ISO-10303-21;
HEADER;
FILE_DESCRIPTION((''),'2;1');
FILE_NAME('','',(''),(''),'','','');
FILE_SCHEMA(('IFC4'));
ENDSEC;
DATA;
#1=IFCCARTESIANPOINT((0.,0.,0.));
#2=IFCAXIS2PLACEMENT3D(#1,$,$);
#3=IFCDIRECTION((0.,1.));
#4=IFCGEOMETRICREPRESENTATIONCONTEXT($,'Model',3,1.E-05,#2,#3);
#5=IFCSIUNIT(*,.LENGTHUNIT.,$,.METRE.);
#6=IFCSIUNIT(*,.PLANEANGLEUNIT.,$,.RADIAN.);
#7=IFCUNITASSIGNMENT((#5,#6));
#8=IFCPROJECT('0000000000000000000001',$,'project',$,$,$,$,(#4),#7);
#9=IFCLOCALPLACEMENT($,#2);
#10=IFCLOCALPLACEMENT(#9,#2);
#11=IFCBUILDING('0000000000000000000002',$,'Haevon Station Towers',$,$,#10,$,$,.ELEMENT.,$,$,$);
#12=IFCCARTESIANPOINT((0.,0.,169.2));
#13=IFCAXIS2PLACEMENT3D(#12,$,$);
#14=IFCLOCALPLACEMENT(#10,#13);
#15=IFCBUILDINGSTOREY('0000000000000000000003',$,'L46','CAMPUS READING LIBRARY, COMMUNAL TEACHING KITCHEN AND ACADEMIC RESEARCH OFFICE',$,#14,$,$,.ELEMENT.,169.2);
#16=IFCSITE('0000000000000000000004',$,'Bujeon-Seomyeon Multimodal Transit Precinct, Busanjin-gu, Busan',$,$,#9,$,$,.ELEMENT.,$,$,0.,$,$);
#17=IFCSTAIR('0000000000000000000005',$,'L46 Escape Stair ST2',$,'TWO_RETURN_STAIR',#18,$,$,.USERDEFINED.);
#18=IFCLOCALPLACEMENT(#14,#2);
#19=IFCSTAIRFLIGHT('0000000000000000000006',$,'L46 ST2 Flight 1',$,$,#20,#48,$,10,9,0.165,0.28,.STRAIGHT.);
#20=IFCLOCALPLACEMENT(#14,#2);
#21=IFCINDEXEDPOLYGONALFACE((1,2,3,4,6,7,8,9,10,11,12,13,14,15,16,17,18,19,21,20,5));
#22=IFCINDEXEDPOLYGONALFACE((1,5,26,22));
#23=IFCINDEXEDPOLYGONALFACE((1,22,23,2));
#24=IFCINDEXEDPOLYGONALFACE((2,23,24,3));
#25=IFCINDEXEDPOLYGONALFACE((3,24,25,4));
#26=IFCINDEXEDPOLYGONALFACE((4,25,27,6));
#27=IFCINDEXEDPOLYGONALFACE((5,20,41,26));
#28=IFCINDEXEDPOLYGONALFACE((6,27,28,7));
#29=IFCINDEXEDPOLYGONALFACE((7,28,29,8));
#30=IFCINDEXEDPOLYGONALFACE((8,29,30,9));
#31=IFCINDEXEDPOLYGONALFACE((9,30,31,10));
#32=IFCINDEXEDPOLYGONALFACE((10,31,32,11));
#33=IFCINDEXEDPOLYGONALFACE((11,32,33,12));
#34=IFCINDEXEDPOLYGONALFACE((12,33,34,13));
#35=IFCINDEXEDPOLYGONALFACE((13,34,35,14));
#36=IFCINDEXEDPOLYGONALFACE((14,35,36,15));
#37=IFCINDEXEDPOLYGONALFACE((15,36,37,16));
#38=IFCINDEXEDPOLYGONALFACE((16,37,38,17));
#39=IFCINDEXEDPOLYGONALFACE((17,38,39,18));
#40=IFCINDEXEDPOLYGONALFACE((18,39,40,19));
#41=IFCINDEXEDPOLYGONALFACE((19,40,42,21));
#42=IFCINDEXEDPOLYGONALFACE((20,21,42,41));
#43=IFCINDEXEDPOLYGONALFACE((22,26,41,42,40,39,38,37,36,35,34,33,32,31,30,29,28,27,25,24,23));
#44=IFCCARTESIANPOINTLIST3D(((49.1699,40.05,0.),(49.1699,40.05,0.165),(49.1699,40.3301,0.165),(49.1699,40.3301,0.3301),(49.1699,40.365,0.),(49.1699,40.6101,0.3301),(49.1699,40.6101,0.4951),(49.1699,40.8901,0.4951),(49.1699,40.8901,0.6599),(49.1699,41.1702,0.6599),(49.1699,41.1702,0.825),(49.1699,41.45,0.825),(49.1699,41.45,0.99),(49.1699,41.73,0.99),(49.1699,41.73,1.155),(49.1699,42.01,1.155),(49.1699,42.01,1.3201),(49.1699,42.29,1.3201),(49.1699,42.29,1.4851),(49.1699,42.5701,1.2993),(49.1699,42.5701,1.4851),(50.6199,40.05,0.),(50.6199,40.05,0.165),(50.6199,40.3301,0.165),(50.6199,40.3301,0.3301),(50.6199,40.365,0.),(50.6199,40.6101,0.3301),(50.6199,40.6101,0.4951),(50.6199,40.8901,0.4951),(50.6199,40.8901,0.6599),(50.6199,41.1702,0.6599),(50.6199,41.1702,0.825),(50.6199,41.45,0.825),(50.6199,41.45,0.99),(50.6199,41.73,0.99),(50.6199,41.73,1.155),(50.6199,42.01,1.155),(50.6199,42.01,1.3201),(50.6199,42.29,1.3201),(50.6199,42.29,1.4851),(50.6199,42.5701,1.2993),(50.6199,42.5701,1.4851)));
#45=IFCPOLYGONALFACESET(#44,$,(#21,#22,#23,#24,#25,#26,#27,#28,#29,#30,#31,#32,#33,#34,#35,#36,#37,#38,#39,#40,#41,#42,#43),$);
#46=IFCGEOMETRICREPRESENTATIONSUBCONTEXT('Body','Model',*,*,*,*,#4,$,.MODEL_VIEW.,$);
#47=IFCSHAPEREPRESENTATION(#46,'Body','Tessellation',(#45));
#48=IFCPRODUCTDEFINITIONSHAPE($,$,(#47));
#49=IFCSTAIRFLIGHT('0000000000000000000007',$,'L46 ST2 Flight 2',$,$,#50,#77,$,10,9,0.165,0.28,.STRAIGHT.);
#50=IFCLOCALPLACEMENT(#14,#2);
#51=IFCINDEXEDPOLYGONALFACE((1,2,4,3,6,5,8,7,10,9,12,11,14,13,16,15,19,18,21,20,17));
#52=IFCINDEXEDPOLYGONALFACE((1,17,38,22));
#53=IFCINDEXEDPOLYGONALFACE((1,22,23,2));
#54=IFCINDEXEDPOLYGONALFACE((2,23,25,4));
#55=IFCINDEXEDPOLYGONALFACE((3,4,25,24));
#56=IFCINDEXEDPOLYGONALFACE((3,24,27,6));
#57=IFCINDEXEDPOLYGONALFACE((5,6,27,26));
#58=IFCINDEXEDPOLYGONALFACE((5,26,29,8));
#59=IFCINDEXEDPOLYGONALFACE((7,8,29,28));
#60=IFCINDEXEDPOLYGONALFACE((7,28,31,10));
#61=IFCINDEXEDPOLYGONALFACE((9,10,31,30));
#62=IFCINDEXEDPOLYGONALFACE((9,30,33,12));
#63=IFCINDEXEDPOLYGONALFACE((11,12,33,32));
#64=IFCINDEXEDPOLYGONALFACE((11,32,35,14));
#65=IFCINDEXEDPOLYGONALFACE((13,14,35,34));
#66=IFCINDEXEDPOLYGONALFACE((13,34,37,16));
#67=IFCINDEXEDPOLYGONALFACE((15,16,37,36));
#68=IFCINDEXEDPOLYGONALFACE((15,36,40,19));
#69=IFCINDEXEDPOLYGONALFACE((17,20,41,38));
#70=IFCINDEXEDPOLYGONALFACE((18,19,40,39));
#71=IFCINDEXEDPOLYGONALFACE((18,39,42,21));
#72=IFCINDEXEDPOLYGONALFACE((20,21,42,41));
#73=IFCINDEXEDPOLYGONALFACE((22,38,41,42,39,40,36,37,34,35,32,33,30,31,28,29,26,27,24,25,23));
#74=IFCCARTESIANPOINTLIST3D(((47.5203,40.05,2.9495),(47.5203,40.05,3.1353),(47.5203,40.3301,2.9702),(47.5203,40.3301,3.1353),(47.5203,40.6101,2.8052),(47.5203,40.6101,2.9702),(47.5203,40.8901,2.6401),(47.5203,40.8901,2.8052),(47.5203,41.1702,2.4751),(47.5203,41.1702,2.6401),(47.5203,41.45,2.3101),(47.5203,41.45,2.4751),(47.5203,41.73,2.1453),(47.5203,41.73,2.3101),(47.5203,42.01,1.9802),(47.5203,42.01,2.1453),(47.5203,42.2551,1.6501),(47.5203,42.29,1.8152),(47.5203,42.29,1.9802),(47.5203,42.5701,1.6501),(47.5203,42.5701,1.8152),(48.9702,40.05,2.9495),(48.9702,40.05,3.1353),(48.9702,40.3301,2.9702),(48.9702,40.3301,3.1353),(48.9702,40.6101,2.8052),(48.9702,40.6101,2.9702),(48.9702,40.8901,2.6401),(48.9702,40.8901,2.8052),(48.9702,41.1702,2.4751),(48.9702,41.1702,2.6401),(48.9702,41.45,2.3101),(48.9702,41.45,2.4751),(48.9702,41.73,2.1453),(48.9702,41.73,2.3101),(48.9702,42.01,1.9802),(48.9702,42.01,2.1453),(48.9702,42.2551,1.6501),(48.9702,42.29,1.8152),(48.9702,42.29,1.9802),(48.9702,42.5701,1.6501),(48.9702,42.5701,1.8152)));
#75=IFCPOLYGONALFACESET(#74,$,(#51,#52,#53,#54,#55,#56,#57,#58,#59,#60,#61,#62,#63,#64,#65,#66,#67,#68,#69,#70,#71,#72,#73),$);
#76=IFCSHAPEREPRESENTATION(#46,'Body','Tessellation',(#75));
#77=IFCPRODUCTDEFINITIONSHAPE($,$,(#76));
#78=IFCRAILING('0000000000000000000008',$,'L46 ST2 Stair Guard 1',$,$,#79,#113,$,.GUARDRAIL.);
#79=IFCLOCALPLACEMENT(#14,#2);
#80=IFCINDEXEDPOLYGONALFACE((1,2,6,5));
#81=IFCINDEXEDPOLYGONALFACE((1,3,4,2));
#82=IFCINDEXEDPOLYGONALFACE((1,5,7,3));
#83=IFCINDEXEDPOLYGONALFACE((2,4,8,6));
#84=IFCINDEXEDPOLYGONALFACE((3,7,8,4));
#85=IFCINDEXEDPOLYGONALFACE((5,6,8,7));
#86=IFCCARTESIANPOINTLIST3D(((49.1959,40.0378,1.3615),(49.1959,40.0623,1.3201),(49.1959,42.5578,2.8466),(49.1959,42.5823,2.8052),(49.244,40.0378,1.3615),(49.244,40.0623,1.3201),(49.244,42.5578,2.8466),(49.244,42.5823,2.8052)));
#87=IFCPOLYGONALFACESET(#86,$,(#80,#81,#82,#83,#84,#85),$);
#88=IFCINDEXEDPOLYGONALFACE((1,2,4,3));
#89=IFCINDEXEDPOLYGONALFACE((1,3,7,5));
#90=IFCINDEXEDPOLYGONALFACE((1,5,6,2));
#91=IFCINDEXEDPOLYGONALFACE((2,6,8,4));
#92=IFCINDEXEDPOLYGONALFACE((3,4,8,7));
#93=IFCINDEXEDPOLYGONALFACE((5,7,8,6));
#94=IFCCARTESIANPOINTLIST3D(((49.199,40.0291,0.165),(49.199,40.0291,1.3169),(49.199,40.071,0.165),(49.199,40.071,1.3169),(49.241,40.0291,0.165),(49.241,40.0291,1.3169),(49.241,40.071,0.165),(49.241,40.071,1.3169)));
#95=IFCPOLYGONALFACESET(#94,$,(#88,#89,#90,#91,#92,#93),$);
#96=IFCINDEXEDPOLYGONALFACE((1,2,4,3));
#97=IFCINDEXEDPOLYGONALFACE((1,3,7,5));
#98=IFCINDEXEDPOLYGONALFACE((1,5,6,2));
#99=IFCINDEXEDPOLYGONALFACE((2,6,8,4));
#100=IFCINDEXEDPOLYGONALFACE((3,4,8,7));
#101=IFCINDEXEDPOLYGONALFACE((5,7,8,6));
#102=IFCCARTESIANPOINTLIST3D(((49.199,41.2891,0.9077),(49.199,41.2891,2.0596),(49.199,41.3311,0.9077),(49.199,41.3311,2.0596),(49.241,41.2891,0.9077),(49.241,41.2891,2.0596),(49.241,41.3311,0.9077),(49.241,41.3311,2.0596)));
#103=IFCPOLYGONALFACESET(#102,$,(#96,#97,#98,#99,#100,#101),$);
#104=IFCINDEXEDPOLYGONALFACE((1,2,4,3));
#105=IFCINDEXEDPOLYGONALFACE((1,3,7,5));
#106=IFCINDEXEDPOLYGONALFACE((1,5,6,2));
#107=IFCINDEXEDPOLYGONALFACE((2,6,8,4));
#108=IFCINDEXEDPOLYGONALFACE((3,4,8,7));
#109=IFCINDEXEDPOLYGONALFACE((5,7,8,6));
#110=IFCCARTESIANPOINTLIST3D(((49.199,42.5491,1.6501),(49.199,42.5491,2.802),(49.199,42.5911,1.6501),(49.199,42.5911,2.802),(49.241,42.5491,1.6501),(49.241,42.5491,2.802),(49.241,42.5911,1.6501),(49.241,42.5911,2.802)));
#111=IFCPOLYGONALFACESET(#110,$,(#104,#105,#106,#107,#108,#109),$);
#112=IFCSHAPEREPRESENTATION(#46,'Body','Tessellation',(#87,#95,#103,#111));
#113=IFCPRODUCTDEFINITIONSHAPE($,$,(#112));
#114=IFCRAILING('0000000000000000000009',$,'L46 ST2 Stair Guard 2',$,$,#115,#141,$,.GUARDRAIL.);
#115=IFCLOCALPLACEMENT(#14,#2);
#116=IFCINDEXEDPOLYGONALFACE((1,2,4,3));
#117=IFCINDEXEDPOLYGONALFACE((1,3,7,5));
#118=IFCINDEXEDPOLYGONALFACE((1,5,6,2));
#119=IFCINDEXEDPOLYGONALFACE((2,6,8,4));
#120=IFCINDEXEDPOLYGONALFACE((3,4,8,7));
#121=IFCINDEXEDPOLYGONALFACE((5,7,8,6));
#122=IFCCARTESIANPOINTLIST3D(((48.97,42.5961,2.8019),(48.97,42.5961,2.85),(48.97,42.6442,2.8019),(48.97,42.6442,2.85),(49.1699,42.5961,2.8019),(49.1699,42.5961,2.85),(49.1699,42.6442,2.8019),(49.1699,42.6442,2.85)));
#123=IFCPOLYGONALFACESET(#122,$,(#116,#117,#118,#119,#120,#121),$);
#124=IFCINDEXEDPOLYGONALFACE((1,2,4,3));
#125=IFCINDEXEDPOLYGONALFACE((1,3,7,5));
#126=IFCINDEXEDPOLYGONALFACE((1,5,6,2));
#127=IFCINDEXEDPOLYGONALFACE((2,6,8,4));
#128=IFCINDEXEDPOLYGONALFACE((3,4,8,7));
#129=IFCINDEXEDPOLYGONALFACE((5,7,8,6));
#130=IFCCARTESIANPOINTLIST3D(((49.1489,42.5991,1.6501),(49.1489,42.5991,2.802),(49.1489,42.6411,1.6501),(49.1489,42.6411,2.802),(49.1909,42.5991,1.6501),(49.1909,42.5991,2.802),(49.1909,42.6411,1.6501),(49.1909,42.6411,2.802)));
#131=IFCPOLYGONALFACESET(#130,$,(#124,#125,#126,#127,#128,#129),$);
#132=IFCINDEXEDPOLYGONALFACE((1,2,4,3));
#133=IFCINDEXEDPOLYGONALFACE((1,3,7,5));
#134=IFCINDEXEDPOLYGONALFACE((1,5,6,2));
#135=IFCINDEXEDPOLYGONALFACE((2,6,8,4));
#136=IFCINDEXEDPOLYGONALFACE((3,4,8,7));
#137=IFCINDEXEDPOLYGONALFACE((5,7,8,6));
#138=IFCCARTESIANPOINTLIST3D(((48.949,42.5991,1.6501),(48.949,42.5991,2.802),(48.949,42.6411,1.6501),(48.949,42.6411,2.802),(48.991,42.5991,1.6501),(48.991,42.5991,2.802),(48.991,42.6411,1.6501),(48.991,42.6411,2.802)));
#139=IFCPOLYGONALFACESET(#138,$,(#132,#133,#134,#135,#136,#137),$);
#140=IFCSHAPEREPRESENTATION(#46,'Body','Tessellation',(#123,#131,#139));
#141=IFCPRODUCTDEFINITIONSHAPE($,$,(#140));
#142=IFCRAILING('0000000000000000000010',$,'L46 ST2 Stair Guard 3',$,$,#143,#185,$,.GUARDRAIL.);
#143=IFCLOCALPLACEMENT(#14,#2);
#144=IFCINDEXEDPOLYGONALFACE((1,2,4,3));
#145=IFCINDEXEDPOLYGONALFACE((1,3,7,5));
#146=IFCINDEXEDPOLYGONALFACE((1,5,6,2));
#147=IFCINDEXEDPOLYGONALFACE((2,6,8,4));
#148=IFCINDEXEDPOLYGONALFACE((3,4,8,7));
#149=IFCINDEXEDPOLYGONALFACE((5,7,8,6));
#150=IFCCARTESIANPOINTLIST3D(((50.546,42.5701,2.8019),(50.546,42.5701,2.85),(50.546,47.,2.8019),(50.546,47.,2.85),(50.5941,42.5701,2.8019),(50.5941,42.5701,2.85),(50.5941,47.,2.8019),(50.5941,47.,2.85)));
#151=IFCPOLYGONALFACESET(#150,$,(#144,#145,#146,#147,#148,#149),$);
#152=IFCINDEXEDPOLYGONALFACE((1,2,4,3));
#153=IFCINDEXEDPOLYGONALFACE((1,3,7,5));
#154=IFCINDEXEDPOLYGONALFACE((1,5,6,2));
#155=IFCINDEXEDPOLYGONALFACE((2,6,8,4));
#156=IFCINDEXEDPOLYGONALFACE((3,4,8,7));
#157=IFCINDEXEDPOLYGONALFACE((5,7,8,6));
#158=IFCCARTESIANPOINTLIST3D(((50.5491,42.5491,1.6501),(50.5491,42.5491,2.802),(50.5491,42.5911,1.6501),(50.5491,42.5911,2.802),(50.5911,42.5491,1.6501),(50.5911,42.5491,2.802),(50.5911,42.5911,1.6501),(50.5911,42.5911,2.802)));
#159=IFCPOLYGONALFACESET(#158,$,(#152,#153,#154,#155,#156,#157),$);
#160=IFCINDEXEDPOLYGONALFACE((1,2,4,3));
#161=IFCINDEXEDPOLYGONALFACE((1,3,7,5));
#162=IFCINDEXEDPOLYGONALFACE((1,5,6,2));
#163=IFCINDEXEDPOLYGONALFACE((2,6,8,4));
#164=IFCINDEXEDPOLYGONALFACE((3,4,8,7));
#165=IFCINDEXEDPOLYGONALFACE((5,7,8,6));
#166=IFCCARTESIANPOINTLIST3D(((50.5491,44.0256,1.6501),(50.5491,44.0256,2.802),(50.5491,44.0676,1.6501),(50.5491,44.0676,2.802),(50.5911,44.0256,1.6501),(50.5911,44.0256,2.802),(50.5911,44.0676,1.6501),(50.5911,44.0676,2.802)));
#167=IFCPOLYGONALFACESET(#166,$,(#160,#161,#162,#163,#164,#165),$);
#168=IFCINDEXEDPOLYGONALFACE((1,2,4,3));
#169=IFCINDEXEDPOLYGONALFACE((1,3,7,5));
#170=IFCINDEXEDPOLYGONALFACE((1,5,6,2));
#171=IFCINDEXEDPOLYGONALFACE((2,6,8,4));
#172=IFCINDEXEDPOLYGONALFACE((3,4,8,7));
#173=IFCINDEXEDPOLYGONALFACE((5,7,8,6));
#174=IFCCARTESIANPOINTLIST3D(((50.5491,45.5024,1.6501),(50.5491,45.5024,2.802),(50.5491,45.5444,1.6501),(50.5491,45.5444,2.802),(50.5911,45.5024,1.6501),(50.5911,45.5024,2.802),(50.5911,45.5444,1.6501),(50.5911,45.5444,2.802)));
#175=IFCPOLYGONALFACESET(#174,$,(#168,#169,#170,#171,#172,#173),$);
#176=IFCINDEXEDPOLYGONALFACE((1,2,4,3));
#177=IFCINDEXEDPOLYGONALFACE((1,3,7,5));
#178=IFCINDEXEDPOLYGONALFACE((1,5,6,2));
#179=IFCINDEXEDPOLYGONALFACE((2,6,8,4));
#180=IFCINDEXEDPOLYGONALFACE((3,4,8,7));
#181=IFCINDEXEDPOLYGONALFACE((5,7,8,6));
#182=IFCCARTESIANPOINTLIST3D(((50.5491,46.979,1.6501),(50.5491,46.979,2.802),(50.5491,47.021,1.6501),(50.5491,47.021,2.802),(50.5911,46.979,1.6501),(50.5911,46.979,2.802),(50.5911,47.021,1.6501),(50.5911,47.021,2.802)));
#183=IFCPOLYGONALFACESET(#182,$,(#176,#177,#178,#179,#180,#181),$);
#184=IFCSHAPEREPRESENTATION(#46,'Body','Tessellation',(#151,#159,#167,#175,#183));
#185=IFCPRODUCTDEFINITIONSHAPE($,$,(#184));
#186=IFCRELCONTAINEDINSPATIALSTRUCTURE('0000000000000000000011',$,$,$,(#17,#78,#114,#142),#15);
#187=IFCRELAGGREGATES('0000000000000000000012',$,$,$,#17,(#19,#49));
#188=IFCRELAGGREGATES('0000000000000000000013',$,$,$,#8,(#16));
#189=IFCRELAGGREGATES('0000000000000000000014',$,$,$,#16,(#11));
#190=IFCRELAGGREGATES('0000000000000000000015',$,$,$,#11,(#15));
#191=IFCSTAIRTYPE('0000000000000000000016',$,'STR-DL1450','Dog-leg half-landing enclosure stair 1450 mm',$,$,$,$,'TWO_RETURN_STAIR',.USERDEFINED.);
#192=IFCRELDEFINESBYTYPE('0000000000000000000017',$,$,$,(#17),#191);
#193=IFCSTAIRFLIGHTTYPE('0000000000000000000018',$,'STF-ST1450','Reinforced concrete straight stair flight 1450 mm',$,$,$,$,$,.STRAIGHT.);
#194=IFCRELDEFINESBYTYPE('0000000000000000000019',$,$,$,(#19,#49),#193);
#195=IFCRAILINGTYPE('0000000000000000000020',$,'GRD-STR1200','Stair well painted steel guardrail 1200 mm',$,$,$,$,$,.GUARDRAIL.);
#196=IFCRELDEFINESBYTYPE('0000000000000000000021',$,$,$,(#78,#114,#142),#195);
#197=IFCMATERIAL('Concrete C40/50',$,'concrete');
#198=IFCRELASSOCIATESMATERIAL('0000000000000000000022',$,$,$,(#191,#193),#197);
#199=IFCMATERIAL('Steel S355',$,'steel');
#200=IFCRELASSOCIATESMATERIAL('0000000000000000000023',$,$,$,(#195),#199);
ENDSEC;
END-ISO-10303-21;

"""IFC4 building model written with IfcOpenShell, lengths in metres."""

from ifc_helpers import new_model, si_unit, direction, frame, origin, origin_2d, place, context, subcontext, project, spatial, polyline, rectangle, outline, extrude, material, type_object, element, aggregate, save


model = new_model("IFC4")

# Units and contexts
model_context = context("Model", 3, precision=1e-05, world=origin(), true_north=direction((0.0, 1.0)))
body_context = subcontext(model_context, "Body", "Model", "MODEL_VIEW")
ifc_project = project(units=[si_unit("LENGTHUNIT", "METRE"), si_unit("PLANEANGLEUNIT", "RADIAN")], contexts=[model_context])

# Site, building, storey
site_placement = place(None, origin())
site = spatial("IfcSite", under=ifc_project, at=site_placement, Name="Bujeon-Seomyeon Multimodal Transit Precinct, Busanjin-gu, Busan", CompositionType="ELEMENT", RefElevation=0.0)
building_placement = place(site_placement, origin())
building = spatial("IfcBuilding", under=site, at=building_placement, Name="Haevon Station Towers", CompositionType="ELEMENT")
storey_placement = place(building_placement, frame((0.0, 0.0, 169.2)))
storey = spatial("IfcBuildingStorey", under=building, at=storey_placement, Name="L46", Description="CAMPUS READING LIBRARY, COMMUNAL TEACHING KITCHEN AND ACADEMIC RESEARCH OFFICE", CompositionType="ELEMENT", Elevation=169.2)

# Shared definitions
ifc_material_1 = material(Name="Steel S355", Category="steel")

# Shared definitions
ifc_material_2 = material(Name="Concrete C40/50", Category="concrete")

# Stair, stair flights
stair_type = type_object("IfcStairType", Name="STR-DL1450", Description="Dog-leg half-landing enclosure stair 1450 mm", ElementType="TWO_RETURN_STAIR", PredefinedType="USERDEFINED", material=ifc_material_2)
stair_placement = place(storey_placement, origin())
stair = element("IfcStair", 1, at=stair_placement, inside=storey, type_object=stair_type, Name="L46 Escape Stair ST2", ObjectType="TWO_RETURN_STAIR", PredefinedType="USERDEFINED")
stair_flight_type = type_object("IfcStairFlightType", Name="STF-ST1450", Description="Reinforced concrete straight stair flight 1450 mm", PredefinedType="STRAIGHT", material=ifc_material_2)
stair_flight_1_placement = place(storey_placement, frame((49.895, 40.05, 0.0), z_axis=(0.0, 0.0, 1.0), x_axis=(0.0, 1.0, 0.0)))
stair_flight_1 = element("IfcStairFlight", 2, at=stair_flight_1_placement, type_object=stair_flight_type, Name="L46 ST2 Flight 1", NumberOfRisers=10, NumberOfTreads=9, PredefinedType="STRAIGHT", RiserHeight=0.165, TreadLength=0.28, context=body_context, shape_type="SweptSolid", body=[
    extrude(outline(polyline([(0.0, 0.0), (0.0, 0.165), (0.28, 0.165), (0.28, 0.3301), (0.5601, 0.3301), (0.5601, 0.4951), (0.8401, 0.4951), (0.8401, 0.6599), (1.1201, 0.6599), (1.1201, 0.825), (1.3999, 0.825), (1.3999, 0.99), (1.6799, 0.99), (1.6799, 1.155), (1.96, 1.155), (1.96, 1.3201), (2.24, 1.3201), (2.24, 1.4851), (2.52, 1.4851), (2.52, 1.6499), (2.52, 1.2993), (0.3149, 0.0), (0.0, 0.0)])), frame((0.0, 0.7251, 0.0), z_axis=(0.0, -1.0, 0.0), x_axis=(1.0, 0.0, 0.0)), (0.0, 0.0, 1.0), 1.45),
])
stair_flight_2_placement = place(storey_placement, frame((48.2451, 42.5701, 1.6501), z_axis=(0.0, 0.0, 1.0), x_axis=(0.0, -1.0, 0.0)))
stair_flight_2 = element("IfcStairFlight", 3, at=stair_flight_2_placement, type_object=stair_flight_type, Name="L46 ST2 Flight 2", NumberOfRisers=10, NumberOfTreads=9, PredefinedType="STRAIGHT", RiserHeight=0.165, TreadLength=0.28, context=body_context, shape_type="SweptSolid", body=[
    extrude(outline(polyline([(0.0, 0.0), (0.0, 0.165), (0.28, 0.165), (0.28, 0.3301), (0.5601, 0.3301), (0.5601, 0.4951), (0.8401, 0.4951), (0.8401, 0.6599), (1.1201, 0.6599), (1.1201, 0.825), (1.3999, 0.825), (1.3999, 0.99), (1.6799, 0.99), (1.6799, 1.155), (1.96, 1.155), (1.96, 1.3201), (2.24, 1.3201), (2.24, 1.4851), (2.52, 1.4851), (2.52, 1.6499), (2.52, 1.2993), (0.3149, 0.0), (0.0, 0.0)])), frame((0.0, 0.7251, 0.0), z_axis=(0.0, -1.0, 0.0), x_axis=(1.0, 0.0, 0.0)), (0.0, 0.0, 1.0), 1.45),
])
aggregate(stair, [stair_flight_1, stair_flight_2])

# Railings
railing_type_1 = type_object("IfcRailingType", Name="GRD-STR1200", Description="Stair well painted steel guardrail 1200 mm", PredefinedType="GUARDRAIL", material=ifc_material_1)
railing_1_placement = place(storey_placement, frame((49.22, 40.05, 0.165)))
element("IfcRailing", 4, at=railing_1_placement, inside=storey, type_object=railing_type_1, Name="L46 ST2 Stair Guard 1", PredefinedType="GUARDRAIL", context=body_context, shape_type="SweptSolid", body=[
    extrude(rectangle(XDim=0.0481, YDim=0.0481, at=origin_2d()), frame((0.0, 0.0, 1.1758), z_axis=(0.0, 0.861524, 0.507717), x_axis=(-1.0, 0.0, 0.0)), (0.0, 0.0, 1.0), 2.925),
    extrude(rectangle(XDim=0.042, YDim=0.042, at=origin_2d()), origin(), (0.0, 0.0, 1.0), 1.1519),
    extrude(rectangle(XDim=0.042, YDim=0.042, at=origin_2d()), frame((0.0, 1.26, 0.7427)), (0.0, 0.0, 1.0), 1.1519),
    extrude(rectangle(XDim=0.042, YDim=0.042, at=origin_2d()), frame((0.0, 2.52, 1.4851)), (0.0, 0.0, 1.0), 1.1519),
])
railing_2_placement = place(storey_placement, frame((49.1699, 42.6201, 1.6501)))
element("IfcRailing", 5, at=railing_2_placement, inside=storey, type_object=railing_type_1, Name="L46 ST2 Stair Guard 2", PredefinedType="GUARDRAIL", context=body_context, shape_type="SweptSolid", body=[
    extrude(rectangle(XDim=0.0481, YDim=0.0481, at=origin_2d()), frame((0.0, 0.0, 1.1758), z_axis=(-1.0, 0.0, 0.0), x_axis=(0.0, -1.0, 0.0)), (0.0, 0.0, 1.0), 0.2),
    extrude(rectangle(XDim=0.042, YDim=0.042, at=origin_2d()), origin(), (0.0, 0.0, 1.0), 1.1519),
    extrude(rectangle(XDim=0.042, YDim=0.042, at=origin_2d()), frame((-0.2, 0.0, 0.0)), (0.0, 0.0, 1.0), 1.1519),
])
for number, where, name in (
    (6, (50.5701, 42.5701, 1.6501), "L46 ST2 Stair Guard 3"),
):
    element("IfcRailing", number, at=place(storey_placement, frame(where)), inside=storey, type_object=railing_type_1, Name=name, PredefinedType="GUARDRAIL", context=body_context, shape_type="SweptSolid", body=[
        extrude(rectangle(XDim=0.0481, YDim=0.0481, at=origin_2d()), frame((0.0, 0.0, 1.1758), z_axis=(0.0, 1.0, 0.0), x_axis=(-1.0, 0.0, 0.0)), (0.0, 0.0, 1.0), 4.4299),
        extrude(rectangle(XDim=0.042, YDim=0.042, at=origin_2d()), origin(), (0.0, 0.0, 1.0), 1.1519),
        extrude(rectangle(XDim=0.042, YDim=0.042, at=origin_2d()), frame((0.0, 1.4766, 0.0)), (0.0, 0.0, 1.0), 1.1519),
        extrude(rectangle(XDim=0.042, YDim=0.042, at=origin_2d()), frame((0.0, 2.9534, 0.0)), (0.0, 0.0, 1.0), 1.1519),
        extrude(rectangle(XDim=0.042, YDim=0.042, at=origin_2d()), frame((0.0, 4.4299, 0.0)), (0.0, 0.0, 1.0), 1.1519),
    ])

save(model, "model.ifc")
